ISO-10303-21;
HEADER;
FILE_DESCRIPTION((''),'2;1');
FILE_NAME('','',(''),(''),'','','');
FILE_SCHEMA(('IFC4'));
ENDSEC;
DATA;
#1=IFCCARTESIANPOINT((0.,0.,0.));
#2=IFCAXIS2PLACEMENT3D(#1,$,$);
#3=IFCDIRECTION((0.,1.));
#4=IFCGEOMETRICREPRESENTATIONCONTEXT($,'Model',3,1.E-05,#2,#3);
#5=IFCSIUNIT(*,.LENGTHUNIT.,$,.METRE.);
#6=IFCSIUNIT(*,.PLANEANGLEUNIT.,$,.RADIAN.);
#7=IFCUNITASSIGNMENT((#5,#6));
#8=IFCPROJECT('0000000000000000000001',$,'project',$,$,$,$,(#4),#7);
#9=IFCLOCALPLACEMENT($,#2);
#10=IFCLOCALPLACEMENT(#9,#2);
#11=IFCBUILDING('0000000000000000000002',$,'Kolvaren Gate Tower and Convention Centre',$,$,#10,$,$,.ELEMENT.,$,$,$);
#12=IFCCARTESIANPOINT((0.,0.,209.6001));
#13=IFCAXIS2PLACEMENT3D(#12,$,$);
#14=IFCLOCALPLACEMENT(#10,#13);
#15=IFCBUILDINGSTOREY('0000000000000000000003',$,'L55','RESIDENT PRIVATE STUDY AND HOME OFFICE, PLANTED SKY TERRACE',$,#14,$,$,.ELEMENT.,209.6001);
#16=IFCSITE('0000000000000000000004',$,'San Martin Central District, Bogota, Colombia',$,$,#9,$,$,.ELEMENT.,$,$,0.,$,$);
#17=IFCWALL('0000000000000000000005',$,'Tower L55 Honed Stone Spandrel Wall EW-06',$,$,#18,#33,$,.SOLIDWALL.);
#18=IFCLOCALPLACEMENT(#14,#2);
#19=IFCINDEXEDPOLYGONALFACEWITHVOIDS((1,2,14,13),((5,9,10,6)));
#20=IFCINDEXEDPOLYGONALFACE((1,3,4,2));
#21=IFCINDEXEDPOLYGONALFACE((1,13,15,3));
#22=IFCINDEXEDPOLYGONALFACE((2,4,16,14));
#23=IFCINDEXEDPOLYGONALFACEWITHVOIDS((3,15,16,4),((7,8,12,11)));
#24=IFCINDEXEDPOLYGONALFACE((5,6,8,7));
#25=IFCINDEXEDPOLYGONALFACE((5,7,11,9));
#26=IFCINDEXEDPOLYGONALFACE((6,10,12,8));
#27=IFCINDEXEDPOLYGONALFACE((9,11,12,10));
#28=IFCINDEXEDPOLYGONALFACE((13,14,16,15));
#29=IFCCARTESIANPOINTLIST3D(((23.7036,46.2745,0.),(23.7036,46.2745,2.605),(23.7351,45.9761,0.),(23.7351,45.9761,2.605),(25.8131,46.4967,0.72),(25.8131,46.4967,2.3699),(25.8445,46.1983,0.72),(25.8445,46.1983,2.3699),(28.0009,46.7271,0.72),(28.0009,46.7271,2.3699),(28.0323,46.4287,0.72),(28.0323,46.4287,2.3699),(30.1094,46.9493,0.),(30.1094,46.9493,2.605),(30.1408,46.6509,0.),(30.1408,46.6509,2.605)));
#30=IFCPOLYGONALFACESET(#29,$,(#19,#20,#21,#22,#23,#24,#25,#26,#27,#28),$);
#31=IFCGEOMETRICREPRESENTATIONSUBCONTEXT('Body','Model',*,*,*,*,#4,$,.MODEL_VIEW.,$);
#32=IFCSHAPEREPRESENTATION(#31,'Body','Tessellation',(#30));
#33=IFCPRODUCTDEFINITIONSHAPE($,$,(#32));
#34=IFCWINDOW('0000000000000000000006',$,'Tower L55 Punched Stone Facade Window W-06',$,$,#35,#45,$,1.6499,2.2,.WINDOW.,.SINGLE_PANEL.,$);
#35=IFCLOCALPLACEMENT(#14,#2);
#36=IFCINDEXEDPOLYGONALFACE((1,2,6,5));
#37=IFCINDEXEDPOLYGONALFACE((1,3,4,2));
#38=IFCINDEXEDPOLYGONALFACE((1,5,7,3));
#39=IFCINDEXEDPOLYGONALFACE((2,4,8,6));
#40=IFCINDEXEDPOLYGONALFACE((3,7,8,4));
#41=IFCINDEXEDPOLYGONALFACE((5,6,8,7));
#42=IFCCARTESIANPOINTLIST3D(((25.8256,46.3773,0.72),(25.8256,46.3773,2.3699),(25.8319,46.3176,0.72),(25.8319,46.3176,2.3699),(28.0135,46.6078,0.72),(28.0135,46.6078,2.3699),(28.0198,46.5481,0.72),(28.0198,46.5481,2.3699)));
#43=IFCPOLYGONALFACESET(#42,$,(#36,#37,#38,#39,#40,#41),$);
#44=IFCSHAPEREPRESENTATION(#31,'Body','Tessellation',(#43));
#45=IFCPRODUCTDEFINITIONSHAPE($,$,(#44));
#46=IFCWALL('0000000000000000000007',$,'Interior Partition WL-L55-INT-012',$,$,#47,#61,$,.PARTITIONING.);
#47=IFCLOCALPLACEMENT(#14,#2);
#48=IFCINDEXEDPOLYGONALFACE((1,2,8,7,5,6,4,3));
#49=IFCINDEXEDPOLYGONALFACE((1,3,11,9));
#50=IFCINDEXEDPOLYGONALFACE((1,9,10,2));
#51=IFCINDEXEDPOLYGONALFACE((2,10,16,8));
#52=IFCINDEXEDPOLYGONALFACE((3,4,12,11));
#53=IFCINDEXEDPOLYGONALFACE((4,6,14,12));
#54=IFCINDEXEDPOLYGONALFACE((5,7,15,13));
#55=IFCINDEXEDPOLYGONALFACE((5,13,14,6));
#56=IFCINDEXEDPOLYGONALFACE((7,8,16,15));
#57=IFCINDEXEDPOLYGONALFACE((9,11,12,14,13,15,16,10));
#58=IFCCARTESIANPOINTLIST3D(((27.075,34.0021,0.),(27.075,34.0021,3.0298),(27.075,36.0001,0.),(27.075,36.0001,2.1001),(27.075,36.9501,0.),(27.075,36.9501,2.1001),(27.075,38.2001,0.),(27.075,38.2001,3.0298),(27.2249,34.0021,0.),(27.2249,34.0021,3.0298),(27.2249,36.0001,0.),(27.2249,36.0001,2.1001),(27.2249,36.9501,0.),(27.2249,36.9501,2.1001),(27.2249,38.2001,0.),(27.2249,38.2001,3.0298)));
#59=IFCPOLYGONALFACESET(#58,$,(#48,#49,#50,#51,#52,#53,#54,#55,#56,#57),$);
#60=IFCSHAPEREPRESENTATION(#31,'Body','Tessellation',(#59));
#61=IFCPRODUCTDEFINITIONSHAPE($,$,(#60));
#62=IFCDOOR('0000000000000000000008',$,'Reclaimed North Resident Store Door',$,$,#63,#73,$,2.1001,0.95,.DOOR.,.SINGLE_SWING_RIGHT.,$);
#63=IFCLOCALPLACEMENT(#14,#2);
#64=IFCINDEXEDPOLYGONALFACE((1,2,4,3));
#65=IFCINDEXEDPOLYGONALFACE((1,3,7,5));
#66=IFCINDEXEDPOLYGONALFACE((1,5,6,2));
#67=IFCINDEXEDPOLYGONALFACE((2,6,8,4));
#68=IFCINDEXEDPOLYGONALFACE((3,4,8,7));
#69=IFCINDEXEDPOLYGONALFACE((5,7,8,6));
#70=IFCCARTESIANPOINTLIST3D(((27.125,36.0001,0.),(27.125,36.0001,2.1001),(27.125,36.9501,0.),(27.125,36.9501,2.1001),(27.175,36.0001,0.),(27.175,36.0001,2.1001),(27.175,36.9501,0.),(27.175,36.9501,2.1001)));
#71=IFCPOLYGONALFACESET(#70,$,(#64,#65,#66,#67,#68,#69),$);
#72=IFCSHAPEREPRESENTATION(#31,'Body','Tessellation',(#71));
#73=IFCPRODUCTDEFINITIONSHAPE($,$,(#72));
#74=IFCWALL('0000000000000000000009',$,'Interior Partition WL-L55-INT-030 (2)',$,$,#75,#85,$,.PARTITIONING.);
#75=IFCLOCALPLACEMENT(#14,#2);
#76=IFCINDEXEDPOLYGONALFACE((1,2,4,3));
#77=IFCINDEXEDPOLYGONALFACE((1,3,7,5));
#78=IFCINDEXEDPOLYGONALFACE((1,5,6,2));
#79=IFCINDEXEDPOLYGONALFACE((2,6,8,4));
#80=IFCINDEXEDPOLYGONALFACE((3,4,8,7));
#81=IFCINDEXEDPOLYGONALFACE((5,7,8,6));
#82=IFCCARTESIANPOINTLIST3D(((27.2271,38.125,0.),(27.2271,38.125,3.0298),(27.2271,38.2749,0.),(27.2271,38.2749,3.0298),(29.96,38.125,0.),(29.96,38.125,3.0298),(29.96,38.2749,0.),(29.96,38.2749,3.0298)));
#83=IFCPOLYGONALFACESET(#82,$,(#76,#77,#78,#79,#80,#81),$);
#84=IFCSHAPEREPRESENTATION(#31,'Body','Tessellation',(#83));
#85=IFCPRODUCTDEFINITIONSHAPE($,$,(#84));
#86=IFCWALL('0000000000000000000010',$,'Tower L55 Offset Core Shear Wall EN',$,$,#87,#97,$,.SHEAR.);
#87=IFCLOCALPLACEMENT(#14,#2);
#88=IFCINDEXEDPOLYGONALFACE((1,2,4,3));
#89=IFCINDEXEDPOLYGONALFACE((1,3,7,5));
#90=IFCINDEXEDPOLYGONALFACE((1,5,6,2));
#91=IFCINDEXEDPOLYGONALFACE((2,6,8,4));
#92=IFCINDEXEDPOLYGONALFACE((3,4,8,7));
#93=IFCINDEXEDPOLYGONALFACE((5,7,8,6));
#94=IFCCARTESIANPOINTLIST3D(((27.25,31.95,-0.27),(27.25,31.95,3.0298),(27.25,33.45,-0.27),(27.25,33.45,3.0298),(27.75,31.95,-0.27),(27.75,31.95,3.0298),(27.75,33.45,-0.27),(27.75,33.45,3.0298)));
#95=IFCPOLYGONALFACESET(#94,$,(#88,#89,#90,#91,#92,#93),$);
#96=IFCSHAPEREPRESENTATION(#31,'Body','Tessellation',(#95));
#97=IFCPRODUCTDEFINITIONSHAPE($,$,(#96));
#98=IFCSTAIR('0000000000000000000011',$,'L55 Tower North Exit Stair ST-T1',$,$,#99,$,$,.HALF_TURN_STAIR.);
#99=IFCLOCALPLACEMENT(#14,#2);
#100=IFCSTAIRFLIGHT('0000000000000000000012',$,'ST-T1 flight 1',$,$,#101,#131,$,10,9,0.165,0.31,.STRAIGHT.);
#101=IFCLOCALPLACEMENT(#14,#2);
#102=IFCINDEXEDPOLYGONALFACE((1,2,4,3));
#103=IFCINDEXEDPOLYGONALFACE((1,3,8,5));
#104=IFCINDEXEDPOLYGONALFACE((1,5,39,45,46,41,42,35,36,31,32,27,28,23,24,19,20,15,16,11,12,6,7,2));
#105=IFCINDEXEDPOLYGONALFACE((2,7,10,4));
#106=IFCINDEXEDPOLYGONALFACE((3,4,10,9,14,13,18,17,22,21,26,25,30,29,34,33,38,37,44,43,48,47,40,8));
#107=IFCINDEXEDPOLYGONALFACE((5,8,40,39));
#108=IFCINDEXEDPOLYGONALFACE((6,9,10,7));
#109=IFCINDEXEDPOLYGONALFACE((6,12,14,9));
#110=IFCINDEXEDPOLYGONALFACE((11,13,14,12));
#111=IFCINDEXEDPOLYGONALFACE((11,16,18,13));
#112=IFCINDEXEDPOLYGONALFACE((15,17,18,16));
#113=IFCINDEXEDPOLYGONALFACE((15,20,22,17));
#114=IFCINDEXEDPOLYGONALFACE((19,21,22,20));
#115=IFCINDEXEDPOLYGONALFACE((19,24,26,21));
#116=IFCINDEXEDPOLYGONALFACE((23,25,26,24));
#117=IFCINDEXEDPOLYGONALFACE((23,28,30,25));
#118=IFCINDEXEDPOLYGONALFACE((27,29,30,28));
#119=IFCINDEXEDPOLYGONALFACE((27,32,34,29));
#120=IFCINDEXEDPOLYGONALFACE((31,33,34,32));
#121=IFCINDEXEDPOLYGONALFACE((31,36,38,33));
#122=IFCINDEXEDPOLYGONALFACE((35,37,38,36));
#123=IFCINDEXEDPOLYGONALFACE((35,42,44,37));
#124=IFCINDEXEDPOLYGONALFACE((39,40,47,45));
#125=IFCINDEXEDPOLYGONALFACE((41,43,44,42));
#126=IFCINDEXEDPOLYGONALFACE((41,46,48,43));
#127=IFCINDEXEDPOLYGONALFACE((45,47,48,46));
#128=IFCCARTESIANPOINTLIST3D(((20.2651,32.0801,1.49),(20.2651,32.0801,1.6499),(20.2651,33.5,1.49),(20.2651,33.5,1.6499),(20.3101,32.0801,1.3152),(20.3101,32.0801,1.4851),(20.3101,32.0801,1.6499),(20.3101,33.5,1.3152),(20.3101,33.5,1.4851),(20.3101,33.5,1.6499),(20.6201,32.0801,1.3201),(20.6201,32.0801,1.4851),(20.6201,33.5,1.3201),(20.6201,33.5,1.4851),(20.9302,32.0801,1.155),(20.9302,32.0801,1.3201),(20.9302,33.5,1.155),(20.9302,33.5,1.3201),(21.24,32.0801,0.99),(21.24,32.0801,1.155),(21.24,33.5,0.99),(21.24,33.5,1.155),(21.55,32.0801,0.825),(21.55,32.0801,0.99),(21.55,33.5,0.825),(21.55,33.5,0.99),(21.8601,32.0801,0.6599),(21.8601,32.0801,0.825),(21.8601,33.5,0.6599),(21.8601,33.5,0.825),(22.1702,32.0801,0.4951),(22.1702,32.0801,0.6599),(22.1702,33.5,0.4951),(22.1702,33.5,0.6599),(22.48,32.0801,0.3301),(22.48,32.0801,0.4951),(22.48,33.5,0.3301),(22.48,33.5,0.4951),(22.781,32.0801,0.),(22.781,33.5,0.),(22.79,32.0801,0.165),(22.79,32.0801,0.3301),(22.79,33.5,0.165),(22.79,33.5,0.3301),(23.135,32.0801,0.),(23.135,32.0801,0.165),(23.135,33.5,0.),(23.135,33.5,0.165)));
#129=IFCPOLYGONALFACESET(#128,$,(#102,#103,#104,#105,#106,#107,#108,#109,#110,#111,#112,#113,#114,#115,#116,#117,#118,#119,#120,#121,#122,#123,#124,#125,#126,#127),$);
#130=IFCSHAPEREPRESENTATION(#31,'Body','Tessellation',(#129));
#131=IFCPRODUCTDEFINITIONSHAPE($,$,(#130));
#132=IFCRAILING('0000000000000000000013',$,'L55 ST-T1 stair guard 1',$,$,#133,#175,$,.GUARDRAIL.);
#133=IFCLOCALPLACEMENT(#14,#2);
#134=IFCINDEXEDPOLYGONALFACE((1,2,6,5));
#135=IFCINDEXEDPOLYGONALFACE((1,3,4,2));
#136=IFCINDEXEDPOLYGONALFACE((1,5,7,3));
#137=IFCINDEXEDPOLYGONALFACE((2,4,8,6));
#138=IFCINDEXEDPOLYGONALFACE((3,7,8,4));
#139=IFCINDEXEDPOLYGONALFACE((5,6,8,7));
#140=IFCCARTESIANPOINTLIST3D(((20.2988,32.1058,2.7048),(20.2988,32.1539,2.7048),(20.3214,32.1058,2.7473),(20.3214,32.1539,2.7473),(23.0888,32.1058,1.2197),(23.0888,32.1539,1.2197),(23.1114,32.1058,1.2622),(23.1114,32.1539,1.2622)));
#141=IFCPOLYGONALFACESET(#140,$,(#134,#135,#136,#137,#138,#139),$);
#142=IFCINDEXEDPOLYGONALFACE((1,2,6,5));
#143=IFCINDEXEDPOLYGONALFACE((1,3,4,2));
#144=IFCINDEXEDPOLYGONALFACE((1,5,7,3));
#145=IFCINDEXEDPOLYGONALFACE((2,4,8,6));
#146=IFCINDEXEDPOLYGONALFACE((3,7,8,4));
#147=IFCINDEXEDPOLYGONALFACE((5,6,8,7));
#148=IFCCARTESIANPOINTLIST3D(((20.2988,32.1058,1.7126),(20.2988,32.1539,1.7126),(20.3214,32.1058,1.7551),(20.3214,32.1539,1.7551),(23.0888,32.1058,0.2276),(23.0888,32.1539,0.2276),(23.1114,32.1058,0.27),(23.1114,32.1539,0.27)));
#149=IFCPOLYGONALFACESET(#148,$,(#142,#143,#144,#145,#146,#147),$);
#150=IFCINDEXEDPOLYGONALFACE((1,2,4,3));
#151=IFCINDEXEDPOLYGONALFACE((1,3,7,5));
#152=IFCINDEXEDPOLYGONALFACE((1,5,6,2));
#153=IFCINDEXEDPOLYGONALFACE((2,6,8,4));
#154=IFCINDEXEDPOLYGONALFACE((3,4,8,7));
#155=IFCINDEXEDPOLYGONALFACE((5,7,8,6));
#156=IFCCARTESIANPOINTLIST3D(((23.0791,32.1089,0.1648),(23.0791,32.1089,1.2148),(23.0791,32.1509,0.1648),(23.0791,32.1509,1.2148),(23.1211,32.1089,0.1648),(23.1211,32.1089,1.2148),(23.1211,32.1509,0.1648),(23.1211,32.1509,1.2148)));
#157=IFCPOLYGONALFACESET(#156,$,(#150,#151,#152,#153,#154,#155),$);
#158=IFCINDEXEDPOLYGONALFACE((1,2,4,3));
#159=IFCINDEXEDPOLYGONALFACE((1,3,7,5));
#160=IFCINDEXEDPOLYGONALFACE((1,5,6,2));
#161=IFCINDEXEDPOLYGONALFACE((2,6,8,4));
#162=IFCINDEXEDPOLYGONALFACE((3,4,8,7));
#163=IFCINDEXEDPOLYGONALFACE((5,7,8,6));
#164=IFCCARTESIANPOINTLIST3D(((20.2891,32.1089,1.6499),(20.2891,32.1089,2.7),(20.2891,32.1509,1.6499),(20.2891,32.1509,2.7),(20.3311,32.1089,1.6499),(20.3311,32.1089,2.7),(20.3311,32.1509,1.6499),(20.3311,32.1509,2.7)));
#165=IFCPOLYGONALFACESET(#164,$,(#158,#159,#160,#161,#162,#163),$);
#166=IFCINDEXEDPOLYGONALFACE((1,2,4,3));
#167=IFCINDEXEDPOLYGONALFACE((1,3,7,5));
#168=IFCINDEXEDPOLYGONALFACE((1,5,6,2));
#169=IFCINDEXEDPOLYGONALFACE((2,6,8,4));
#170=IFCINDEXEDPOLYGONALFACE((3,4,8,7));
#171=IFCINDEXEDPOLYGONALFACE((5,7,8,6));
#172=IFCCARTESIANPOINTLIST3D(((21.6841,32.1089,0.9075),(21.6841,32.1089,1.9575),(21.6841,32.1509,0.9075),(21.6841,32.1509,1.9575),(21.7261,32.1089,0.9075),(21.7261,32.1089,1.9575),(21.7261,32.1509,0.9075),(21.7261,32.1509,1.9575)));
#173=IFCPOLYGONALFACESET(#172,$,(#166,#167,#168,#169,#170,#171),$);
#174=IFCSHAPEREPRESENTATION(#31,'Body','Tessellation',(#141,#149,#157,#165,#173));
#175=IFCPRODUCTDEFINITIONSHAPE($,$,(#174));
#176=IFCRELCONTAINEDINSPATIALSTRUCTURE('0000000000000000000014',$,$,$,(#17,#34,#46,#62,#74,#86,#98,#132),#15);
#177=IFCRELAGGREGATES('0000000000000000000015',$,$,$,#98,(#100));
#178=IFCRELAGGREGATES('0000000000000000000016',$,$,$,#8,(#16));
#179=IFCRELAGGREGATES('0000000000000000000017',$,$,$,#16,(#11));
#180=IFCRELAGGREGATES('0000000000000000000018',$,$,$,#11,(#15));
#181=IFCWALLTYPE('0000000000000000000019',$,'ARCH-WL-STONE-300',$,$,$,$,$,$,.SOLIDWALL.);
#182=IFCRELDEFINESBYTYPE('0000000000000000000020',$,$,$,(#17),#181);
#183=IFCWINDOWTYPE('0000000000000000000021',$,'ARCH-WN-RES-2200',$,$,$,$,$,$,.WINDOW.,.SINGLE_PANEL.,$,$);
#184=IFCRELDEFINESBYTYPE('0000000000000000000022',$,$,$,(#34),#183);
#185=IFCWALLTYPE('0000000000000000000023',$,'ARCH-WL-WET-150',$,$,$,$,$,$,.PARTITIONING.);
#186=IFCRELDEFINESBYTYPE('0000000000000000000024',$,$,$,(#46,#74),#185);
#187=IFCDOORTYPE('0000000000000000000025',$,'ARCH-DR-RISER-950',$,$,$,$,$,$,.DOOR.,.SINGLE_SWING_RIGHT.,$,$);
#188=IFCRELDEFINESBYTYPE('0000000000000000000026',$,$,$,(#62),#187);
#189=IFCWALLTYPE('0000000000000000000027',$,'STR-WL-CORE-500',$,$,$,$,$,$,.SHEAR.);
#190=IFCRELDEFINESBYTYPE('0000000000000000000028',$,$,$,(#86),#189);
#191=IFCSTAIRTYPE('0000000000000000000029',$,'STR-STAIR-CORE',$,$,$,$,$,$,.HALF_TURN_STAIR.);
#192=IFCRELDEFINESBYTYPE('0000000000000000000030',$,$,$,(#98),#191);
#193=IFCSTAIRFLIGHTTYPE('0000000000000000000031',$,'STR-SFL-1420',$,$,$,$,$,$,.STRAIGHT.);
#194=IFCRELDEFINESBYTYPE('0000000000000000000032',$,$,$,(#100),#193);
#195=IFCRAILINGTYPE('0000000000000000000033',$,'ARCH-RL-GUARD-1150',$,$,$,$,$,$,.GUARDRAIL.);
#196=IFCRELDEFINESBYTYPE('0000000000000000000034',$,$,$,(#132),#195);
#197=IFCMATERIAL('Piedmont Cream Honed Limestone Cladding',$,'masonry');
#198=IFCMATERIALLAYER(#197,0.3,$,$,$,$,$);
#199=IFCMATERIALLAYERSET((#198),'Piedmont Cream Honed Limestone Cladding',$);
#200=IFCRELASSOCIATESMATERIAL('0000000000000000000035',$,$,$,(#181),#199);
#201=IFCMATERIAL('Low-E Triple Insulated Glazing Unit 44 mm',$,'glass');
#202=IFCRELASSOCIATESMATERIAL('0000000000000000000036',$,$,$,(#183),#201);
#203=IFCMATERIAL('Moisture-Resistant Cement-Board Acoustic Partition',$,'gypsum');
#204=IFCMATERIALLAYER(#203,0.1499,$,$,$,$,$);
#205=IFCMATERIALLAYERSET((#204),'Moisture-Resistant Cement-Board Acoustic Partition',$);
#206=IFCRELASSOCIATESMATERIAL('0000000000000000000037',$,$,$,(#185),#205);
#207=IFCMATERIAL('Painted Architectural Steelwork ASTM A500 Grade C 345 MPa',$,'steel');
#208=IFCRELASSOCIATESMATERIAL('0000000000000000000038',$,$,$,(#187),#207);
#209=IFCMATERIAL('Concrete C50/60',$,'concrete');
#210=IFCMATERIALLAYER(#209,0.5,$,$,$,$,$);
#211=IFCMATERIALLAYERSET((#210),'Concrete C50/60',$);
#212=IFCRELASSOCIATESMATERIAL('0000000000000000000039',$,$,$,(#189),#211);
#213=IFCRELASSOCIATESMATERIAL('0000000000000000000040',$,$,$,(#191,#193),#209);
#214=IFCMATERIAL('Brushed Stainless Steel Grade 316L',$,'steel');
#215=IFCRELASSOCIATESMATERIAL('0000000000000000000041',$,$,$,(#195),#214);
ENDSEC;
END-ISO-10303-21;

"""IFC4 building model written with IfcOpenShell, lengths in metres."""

from ifc_helpers import new_model, si_unit, direction, frame, frame_2d, origin, origin_2d, place, context, subcontext, project, spatial, polyline, rectangle, outline, extrude, material, layer, layer_set, type_object, element, fill, aggregate, save


model = new_model("IFC4")

# Units and contexts
model_context = context("Model", 3, precision=1e-05, world=origin(), true_north=direction((0.0, 1.0)))
body_context = subcontext(model_context, "Body", "Model", "MODEL_VIEW")
ifc_project = project(units=[si_unit("LENGTHUNIT", "METRE"), si_unit("PLANEANGLEUNIT", "RADIAN")], contexts=[model_context])

# Site, building, storey
site_placement = place(None, origin())
site = spatial("IfcSite", under=ifc_project, at=site_placement, Name="San Martin Central District, Bogota, Colombia", CompositionType="ELEMENT", RefElevation=0.0)
building_placement = place(site_placement, origin())
building = spatial("IfcBuilding", under=site, at=building_placement, Name="Kolvaren Gate Tower and Convention Centre", CompositionType="ELEMENT")
storey_placement = place(building_placement, frame((0.0, 0.0, 209.6001)))
storey = spatial("IfcBuildingStorey", under=building, at=storey_placement, Name="L55", Description="RESIDENT PRIVATE STUDY AND HOME OFFICE, PLANTED SKY TERRACE", CompositionType="ELEMENT", Elevation=209.6001)

# Shared definitions
ifc_material_1 = material(Name="Concrete C50/60", Category="concrete")

# Wall, opening, window
ifc_material_2 = material(Name="Piedmont Cream Honed Limestone Cladding", Category="masonry")
ifc_layer_1 = layer(ifc_material_2, 0.3)
ifc_layer_set_1 = layer_set([ifc_layer_1], Name="Piedmont Cream Honed Limestone Cladding")
wall_type_1 = type_object("IfcWallType", Name="ARCH-WL-STONE-300", PredefinedType="SOLIDWALL", material=ifc_layer_set_1)
wall_1_placement = place(storey_placement, frame((23.7192, 46.1252, 0.0), z_axis=(0.0, 0.0, 1.0), x_axis=(0.994497, 0.104764, 0.0)))
wall_1 = element("IfcWall", 1, at=wall_1_placement, inside=storey, type_object=wall_type_1, Name="Tower L55 Honed Stone Spandrel Wall EW-06", PredefinedType="SOLIDWALL", context=body_context, shape_type="SweptSolid", body=[
    extrude(rectangle(XDim=6.4412, YDim=0.3, at=frame_2d((3.2207, 0.0))), origin(), (0.0, 0.0, 1.0), 2.605),
])
opening_1_placement = place(wall_1_placement, frame((2.1211, 0.0, 0.72)))
opening_1 = element("IfcOpeningElement", 2, at=opening_1_placement, cuts=wall_1, PredefinedType="OPENING", context=body_context, shape_type="SweptSolid", body=[
    extrude(rectangle(XDim=2.2, YDim=1.6499, at=frame_2d((1.1001, 0.825))), frame((0.0, 0.1599, 0.0), z_axis=(0.0, -1.0, 0.0), x_axis=(1.0, 0.0, 0.0)), (0.0, 0.0, 1.0), 0.3201),
])
ifc_material_3 = material(Name="Low-E Triple Insulated Glazing Unit 44 mm", Category="glass")
window_type = type_object("IfcWindowType", Name="ARCH-WN-RES-2200", PartitioningType="SINGLE_PANEL", PredefinedType="WINDOW", material=ifc_material_3)
window_placement = place(opening_1_placement, origin())
window = element("IfcWindow", 3, at=window_placement, inside=storey, type_object=window_type, Name="Tower L55 Punched Stone Facade Window W-06", OverallHeight=1.6499, OverallWidth=2.2, PartitioningType="SINGLE_PANEL", PredefinedType="WINDOW", context=body_context, shape_type="SweptSolid", body=[
    extrude(rectangle(XDim=2.2, YDim=1.6499, at=frame_2d((1.1001, 0.825))), frame((0.0, 0.03, 0.0), z_axis=(0.0, -1.0, 0.0), x_axis=(1.0, 0.0, 0.0)), (0.0, 0.0, 1.0), 0.0601),
])
fill(opening_1, window)

# Wall, opening, door
ifc_material_4 = material(Name="Moisture-Resistant Cement-Board Acoustic Partition", Category="gypsum")
ifc_layer_2 = layer(ifc_material_4, 0.1499)
ifc_layer_set_2 = layer_set([ifc_layer_2], Name="Moisture-Resistant Cement-Board Acoustic Partition")
wall_type_2 = type_object("IfcWallType", Name="ARCH-WL-WET-150", PredefinedType="PARTITIONING", material=ifc_layer_set_2)
wall_2_placement = place(storey_placement, frame((27.1499, 34.002, 0.0), z_axis=(0.0, 0.0, 1.0), x_axis=(0.0, 1.0, 0.0)))
wall_2 = element("IfcWall", 4, at=wall_2_placement, inside=storey, type_object=wall_type_2, Name="Interior Partition WL-L55-INT-012", PredefinedType="PARTITIONING", context=body_context, shape_type="SweptSolid", body=[
    extrude(rectangle(XDim=4.198, YDim=0.1499, at=frame_2d((2.0991, 0.0))), origin(), (0.0, 0.0, 1.0), 3.0298),
])
opening_2_placement = place(wall_2_placement, frame((1.998, 0.0, 0.0)))
opening_2 = element("IfcOpeningElement", 5, at=opening_2_placement, cuts=wall_2, PredefinedType="OPENING", context=body_context, shape_type="SweptSolid", body=[
    extrude(rectangle(XDim=0.95, YDim=2.1001, at=frame_2d((0.4751, 1.05))), frame((0.0, 0.085, 0.0), z_axis=(0.0, -1.0, 0.0), x_axis=(1.0, 0.0, 0.0)), (0.0, 0.0, 1.0), 0.1699),
])
ifc_material_5 = material(Name="Painted Architectural Steelwork ASTM A500 Grade C 345 MPa", Category="steel")
door_type = type_object("IfcDoorType", Name="ARCH-DR-RISER-950", OperationType="SINGLE_SWING_RIGHT", PredefinedType="DOOR", material=ifc_material_5)
door_placement = place(opening_2_placement, origin())
door = element("IfcDoor", 6, at=door_placement, inside=storey, type_object=door_type, Name="Reclaimed North Resident Store Door", OperationType="SINGLE_SWING_RIGHT", OverallHeight=2.1001, OverallWidth=0.95, PredefinedType="DOOR", context=body_context, shape_type="SweptSolid", body=[
    extrude(rectangle(XDim=0.95, YDim=2.1001, at=frame_2d((0.4751, 1.05))), frame((0.0, 0.0249, 0.0), z_axis=(0.0, -1.0, 0.0), x_axis=(1.0, 0.0, 0.0)), (0.0, 0.0, 1.0), 0.05),
])
fill(opening_2, door)

# Walls
wall_3_placement = place(storey_placement, frame((27.2271, 38.2, 0.0), z_axis=(0.0, 0.0, 1.0), x_axis=(1.0, 0.0, 0.0)))
element("IfcWall", 7, at=wall_3_placement, inside=storey, type_object=wall_type_2, Name="Interior Partition WL-L55-INT-030 (2)", PredefinedType="PARTITIONING", context=body_context, shape_type="SweptSolid", body=[
    extrude(rectangle(XDim=2.7329, YDim=0.1499, at=frame_2d((1.3665, 0.0))), origin(), (0.0, 0.0, 1.0), 3.0298),
])
ifc_layer_3 = layer(ifc_material_1, 0.5)
ifc_layer_set_3 = layer_set([ifc_layer_3], Name="Concrete C50/60")
wall_type_3 = type_object("IfcWallType", Name="STR-WL-CORE-500", PredefinedType="SHEAR", material=ifc_layer_set_3)
wall_4_placement = place(storey_placement, frame((27.5, 31.95, -0.27), z_axis=(0.0, 0.0, 1.0), x_axis=(0.0, 1.0, 0.0)))
element("IfcWall", 8, at=wall_4_placement, inside=storey, type_object=wall_type_3, Name="Tower L55 Offset Core Shear Wall EN", PredefinedType="SHEAR", context=body_context, shape_type="SweptSolid", body=[
    extrude(rectangle(XDim=1.5, YDim=0.5, at=frame_2d((0.75, 0.0))), origin(), (0.0, 0.0, 1.0), 3.2998),
])

# Stair, stair flight
stair_type = type_object("IfcStairType", Name="STR-STAIR-CORE", PredefinedType="HALF_TURN_STAIR", material=ifc_material_1)
stair_placement = place(storey_placement, origin())
stair = element("IfcStair", 9, at=stair_placement, inside=storey, type_object=stair_type, Name="L55 Tower North Exit Stair ST-T1", PredefinedType="HALF_TURN_STAIR")
stair_flight_type = type_object("IfcStairFlightType", Name="STR-SFL-1420", PredefinedType="STRAIGHT", material=ifc_material_1)
stair_flight_placement = place(storey_placement, frame((23.1001, 32.79, 0.0), z_axis=(0.0, 0.0, 1.0), x_axis=(-1.0, 0.0, 0.0)))
stair_flight = element("IfcStairFlight", 10, at=stair_flight_placement, type_object=stair_flight_type, Name="ST-T1 flight 1", NumberOfRisers=10, NumberOfTreads=9, PredefinedType="STRAIGHT", RiserHeight=0.165, TreadLength=0.31, context=body_context, shape_type="SweptSolid", body=[
    extrude(outline(polyline([(-0.0349, 0.0), (-0.0349, 0.165), (0.3101, 0.165), (0.3101, 0.3301), (0.6201, 0.3301), (0.6201, 0.4951), (0.9299, 0.4951), (0.9299, 0.6599), (1.24, 0.6599), (1.24, 0.825), (1.55, 0.825), (1.55, 0.99), (1.8601, 0.99), (1.8601, 1.155), (2.1699, 1.155), (2.1699, 1.3201), (2.48, 1.3201), (2.48, 1.4851), (2.79, 1.4851), (2.79, 1.6499), (2.835, 1.6499), (2.835, 1.49), (2.79, 1.3152), (0.3191, 0.0), (-0.0349, 0.0)])), frame((0.0, 0.71, 0.0), z_axis=(0.0, -1.0, 0.0), x_axis=(1.0, 0.0, 0.0)), (0.0, 0.0, 1.0), 1.4199),
])
aggregate(stair, [stair_flight])

# Railing
ifc_material_6 = material(Name="Brushed Stainless Steel Grade 316L", Category="steel")
railing_type_1 = type_object("IfcRailingType", Name="ARCH-RL-GUARD-1150", PredefinedType="GUARDRAIL", material=ifc_material_6)
railing_1_placement = place(storey_placement, frame((23.1001, 32.1299, 0.1648)))
element("IfcRailing", 11, at=railing_1_placement, inside=storey, type_object=railing_type_1, Name="L55 ST-T1 stair guard 1", PredefinedType="GUARDRAIL", context=body_context, shape_type="SweptSolid", body=[
    extrude(rectangle(XDim=0.0481, YDim=0.0481, at=origin_2d()), frame((0.0, 0.0, 1.0762), z_axis=(-0.882735, 0.0, 0.46987), x_axis=(0.0, -1.0, 0.0)), (0.0, 0.0, 1.0), 3.1606),
    extrude(rectangle(XDim=0.0481, YDim=0.0481, at=origin_2d()), frame((0.0, 0.0, 0.084), z_axis=(-0.882735, 0.0, 0.46987), x_axis=(0.0, -1.0, 0.0)), (0.0, 0.0, 1.0), 3.1606),
    extrude(rectangle(XDim=0.042, YDim=0.042, at=origin_2d()), origin(), (0.0, 0.0, 1.0), 1.05),
    extrude(rectangle(XDim=0.042, YDim=0.042, at=origin_2d()), frame((-2.79, 0.0, 1.4851)), (0.0, 0.0, 1.0), 1.05),
    extrude(rectangle(XDim=0.042, YDim=0.042, at=origin_2d()), frame((-1.395, 0.0, 0.7427)), (0.0, 0.0, 1.0), 1.05),
])

save(model, "model.ifc")
